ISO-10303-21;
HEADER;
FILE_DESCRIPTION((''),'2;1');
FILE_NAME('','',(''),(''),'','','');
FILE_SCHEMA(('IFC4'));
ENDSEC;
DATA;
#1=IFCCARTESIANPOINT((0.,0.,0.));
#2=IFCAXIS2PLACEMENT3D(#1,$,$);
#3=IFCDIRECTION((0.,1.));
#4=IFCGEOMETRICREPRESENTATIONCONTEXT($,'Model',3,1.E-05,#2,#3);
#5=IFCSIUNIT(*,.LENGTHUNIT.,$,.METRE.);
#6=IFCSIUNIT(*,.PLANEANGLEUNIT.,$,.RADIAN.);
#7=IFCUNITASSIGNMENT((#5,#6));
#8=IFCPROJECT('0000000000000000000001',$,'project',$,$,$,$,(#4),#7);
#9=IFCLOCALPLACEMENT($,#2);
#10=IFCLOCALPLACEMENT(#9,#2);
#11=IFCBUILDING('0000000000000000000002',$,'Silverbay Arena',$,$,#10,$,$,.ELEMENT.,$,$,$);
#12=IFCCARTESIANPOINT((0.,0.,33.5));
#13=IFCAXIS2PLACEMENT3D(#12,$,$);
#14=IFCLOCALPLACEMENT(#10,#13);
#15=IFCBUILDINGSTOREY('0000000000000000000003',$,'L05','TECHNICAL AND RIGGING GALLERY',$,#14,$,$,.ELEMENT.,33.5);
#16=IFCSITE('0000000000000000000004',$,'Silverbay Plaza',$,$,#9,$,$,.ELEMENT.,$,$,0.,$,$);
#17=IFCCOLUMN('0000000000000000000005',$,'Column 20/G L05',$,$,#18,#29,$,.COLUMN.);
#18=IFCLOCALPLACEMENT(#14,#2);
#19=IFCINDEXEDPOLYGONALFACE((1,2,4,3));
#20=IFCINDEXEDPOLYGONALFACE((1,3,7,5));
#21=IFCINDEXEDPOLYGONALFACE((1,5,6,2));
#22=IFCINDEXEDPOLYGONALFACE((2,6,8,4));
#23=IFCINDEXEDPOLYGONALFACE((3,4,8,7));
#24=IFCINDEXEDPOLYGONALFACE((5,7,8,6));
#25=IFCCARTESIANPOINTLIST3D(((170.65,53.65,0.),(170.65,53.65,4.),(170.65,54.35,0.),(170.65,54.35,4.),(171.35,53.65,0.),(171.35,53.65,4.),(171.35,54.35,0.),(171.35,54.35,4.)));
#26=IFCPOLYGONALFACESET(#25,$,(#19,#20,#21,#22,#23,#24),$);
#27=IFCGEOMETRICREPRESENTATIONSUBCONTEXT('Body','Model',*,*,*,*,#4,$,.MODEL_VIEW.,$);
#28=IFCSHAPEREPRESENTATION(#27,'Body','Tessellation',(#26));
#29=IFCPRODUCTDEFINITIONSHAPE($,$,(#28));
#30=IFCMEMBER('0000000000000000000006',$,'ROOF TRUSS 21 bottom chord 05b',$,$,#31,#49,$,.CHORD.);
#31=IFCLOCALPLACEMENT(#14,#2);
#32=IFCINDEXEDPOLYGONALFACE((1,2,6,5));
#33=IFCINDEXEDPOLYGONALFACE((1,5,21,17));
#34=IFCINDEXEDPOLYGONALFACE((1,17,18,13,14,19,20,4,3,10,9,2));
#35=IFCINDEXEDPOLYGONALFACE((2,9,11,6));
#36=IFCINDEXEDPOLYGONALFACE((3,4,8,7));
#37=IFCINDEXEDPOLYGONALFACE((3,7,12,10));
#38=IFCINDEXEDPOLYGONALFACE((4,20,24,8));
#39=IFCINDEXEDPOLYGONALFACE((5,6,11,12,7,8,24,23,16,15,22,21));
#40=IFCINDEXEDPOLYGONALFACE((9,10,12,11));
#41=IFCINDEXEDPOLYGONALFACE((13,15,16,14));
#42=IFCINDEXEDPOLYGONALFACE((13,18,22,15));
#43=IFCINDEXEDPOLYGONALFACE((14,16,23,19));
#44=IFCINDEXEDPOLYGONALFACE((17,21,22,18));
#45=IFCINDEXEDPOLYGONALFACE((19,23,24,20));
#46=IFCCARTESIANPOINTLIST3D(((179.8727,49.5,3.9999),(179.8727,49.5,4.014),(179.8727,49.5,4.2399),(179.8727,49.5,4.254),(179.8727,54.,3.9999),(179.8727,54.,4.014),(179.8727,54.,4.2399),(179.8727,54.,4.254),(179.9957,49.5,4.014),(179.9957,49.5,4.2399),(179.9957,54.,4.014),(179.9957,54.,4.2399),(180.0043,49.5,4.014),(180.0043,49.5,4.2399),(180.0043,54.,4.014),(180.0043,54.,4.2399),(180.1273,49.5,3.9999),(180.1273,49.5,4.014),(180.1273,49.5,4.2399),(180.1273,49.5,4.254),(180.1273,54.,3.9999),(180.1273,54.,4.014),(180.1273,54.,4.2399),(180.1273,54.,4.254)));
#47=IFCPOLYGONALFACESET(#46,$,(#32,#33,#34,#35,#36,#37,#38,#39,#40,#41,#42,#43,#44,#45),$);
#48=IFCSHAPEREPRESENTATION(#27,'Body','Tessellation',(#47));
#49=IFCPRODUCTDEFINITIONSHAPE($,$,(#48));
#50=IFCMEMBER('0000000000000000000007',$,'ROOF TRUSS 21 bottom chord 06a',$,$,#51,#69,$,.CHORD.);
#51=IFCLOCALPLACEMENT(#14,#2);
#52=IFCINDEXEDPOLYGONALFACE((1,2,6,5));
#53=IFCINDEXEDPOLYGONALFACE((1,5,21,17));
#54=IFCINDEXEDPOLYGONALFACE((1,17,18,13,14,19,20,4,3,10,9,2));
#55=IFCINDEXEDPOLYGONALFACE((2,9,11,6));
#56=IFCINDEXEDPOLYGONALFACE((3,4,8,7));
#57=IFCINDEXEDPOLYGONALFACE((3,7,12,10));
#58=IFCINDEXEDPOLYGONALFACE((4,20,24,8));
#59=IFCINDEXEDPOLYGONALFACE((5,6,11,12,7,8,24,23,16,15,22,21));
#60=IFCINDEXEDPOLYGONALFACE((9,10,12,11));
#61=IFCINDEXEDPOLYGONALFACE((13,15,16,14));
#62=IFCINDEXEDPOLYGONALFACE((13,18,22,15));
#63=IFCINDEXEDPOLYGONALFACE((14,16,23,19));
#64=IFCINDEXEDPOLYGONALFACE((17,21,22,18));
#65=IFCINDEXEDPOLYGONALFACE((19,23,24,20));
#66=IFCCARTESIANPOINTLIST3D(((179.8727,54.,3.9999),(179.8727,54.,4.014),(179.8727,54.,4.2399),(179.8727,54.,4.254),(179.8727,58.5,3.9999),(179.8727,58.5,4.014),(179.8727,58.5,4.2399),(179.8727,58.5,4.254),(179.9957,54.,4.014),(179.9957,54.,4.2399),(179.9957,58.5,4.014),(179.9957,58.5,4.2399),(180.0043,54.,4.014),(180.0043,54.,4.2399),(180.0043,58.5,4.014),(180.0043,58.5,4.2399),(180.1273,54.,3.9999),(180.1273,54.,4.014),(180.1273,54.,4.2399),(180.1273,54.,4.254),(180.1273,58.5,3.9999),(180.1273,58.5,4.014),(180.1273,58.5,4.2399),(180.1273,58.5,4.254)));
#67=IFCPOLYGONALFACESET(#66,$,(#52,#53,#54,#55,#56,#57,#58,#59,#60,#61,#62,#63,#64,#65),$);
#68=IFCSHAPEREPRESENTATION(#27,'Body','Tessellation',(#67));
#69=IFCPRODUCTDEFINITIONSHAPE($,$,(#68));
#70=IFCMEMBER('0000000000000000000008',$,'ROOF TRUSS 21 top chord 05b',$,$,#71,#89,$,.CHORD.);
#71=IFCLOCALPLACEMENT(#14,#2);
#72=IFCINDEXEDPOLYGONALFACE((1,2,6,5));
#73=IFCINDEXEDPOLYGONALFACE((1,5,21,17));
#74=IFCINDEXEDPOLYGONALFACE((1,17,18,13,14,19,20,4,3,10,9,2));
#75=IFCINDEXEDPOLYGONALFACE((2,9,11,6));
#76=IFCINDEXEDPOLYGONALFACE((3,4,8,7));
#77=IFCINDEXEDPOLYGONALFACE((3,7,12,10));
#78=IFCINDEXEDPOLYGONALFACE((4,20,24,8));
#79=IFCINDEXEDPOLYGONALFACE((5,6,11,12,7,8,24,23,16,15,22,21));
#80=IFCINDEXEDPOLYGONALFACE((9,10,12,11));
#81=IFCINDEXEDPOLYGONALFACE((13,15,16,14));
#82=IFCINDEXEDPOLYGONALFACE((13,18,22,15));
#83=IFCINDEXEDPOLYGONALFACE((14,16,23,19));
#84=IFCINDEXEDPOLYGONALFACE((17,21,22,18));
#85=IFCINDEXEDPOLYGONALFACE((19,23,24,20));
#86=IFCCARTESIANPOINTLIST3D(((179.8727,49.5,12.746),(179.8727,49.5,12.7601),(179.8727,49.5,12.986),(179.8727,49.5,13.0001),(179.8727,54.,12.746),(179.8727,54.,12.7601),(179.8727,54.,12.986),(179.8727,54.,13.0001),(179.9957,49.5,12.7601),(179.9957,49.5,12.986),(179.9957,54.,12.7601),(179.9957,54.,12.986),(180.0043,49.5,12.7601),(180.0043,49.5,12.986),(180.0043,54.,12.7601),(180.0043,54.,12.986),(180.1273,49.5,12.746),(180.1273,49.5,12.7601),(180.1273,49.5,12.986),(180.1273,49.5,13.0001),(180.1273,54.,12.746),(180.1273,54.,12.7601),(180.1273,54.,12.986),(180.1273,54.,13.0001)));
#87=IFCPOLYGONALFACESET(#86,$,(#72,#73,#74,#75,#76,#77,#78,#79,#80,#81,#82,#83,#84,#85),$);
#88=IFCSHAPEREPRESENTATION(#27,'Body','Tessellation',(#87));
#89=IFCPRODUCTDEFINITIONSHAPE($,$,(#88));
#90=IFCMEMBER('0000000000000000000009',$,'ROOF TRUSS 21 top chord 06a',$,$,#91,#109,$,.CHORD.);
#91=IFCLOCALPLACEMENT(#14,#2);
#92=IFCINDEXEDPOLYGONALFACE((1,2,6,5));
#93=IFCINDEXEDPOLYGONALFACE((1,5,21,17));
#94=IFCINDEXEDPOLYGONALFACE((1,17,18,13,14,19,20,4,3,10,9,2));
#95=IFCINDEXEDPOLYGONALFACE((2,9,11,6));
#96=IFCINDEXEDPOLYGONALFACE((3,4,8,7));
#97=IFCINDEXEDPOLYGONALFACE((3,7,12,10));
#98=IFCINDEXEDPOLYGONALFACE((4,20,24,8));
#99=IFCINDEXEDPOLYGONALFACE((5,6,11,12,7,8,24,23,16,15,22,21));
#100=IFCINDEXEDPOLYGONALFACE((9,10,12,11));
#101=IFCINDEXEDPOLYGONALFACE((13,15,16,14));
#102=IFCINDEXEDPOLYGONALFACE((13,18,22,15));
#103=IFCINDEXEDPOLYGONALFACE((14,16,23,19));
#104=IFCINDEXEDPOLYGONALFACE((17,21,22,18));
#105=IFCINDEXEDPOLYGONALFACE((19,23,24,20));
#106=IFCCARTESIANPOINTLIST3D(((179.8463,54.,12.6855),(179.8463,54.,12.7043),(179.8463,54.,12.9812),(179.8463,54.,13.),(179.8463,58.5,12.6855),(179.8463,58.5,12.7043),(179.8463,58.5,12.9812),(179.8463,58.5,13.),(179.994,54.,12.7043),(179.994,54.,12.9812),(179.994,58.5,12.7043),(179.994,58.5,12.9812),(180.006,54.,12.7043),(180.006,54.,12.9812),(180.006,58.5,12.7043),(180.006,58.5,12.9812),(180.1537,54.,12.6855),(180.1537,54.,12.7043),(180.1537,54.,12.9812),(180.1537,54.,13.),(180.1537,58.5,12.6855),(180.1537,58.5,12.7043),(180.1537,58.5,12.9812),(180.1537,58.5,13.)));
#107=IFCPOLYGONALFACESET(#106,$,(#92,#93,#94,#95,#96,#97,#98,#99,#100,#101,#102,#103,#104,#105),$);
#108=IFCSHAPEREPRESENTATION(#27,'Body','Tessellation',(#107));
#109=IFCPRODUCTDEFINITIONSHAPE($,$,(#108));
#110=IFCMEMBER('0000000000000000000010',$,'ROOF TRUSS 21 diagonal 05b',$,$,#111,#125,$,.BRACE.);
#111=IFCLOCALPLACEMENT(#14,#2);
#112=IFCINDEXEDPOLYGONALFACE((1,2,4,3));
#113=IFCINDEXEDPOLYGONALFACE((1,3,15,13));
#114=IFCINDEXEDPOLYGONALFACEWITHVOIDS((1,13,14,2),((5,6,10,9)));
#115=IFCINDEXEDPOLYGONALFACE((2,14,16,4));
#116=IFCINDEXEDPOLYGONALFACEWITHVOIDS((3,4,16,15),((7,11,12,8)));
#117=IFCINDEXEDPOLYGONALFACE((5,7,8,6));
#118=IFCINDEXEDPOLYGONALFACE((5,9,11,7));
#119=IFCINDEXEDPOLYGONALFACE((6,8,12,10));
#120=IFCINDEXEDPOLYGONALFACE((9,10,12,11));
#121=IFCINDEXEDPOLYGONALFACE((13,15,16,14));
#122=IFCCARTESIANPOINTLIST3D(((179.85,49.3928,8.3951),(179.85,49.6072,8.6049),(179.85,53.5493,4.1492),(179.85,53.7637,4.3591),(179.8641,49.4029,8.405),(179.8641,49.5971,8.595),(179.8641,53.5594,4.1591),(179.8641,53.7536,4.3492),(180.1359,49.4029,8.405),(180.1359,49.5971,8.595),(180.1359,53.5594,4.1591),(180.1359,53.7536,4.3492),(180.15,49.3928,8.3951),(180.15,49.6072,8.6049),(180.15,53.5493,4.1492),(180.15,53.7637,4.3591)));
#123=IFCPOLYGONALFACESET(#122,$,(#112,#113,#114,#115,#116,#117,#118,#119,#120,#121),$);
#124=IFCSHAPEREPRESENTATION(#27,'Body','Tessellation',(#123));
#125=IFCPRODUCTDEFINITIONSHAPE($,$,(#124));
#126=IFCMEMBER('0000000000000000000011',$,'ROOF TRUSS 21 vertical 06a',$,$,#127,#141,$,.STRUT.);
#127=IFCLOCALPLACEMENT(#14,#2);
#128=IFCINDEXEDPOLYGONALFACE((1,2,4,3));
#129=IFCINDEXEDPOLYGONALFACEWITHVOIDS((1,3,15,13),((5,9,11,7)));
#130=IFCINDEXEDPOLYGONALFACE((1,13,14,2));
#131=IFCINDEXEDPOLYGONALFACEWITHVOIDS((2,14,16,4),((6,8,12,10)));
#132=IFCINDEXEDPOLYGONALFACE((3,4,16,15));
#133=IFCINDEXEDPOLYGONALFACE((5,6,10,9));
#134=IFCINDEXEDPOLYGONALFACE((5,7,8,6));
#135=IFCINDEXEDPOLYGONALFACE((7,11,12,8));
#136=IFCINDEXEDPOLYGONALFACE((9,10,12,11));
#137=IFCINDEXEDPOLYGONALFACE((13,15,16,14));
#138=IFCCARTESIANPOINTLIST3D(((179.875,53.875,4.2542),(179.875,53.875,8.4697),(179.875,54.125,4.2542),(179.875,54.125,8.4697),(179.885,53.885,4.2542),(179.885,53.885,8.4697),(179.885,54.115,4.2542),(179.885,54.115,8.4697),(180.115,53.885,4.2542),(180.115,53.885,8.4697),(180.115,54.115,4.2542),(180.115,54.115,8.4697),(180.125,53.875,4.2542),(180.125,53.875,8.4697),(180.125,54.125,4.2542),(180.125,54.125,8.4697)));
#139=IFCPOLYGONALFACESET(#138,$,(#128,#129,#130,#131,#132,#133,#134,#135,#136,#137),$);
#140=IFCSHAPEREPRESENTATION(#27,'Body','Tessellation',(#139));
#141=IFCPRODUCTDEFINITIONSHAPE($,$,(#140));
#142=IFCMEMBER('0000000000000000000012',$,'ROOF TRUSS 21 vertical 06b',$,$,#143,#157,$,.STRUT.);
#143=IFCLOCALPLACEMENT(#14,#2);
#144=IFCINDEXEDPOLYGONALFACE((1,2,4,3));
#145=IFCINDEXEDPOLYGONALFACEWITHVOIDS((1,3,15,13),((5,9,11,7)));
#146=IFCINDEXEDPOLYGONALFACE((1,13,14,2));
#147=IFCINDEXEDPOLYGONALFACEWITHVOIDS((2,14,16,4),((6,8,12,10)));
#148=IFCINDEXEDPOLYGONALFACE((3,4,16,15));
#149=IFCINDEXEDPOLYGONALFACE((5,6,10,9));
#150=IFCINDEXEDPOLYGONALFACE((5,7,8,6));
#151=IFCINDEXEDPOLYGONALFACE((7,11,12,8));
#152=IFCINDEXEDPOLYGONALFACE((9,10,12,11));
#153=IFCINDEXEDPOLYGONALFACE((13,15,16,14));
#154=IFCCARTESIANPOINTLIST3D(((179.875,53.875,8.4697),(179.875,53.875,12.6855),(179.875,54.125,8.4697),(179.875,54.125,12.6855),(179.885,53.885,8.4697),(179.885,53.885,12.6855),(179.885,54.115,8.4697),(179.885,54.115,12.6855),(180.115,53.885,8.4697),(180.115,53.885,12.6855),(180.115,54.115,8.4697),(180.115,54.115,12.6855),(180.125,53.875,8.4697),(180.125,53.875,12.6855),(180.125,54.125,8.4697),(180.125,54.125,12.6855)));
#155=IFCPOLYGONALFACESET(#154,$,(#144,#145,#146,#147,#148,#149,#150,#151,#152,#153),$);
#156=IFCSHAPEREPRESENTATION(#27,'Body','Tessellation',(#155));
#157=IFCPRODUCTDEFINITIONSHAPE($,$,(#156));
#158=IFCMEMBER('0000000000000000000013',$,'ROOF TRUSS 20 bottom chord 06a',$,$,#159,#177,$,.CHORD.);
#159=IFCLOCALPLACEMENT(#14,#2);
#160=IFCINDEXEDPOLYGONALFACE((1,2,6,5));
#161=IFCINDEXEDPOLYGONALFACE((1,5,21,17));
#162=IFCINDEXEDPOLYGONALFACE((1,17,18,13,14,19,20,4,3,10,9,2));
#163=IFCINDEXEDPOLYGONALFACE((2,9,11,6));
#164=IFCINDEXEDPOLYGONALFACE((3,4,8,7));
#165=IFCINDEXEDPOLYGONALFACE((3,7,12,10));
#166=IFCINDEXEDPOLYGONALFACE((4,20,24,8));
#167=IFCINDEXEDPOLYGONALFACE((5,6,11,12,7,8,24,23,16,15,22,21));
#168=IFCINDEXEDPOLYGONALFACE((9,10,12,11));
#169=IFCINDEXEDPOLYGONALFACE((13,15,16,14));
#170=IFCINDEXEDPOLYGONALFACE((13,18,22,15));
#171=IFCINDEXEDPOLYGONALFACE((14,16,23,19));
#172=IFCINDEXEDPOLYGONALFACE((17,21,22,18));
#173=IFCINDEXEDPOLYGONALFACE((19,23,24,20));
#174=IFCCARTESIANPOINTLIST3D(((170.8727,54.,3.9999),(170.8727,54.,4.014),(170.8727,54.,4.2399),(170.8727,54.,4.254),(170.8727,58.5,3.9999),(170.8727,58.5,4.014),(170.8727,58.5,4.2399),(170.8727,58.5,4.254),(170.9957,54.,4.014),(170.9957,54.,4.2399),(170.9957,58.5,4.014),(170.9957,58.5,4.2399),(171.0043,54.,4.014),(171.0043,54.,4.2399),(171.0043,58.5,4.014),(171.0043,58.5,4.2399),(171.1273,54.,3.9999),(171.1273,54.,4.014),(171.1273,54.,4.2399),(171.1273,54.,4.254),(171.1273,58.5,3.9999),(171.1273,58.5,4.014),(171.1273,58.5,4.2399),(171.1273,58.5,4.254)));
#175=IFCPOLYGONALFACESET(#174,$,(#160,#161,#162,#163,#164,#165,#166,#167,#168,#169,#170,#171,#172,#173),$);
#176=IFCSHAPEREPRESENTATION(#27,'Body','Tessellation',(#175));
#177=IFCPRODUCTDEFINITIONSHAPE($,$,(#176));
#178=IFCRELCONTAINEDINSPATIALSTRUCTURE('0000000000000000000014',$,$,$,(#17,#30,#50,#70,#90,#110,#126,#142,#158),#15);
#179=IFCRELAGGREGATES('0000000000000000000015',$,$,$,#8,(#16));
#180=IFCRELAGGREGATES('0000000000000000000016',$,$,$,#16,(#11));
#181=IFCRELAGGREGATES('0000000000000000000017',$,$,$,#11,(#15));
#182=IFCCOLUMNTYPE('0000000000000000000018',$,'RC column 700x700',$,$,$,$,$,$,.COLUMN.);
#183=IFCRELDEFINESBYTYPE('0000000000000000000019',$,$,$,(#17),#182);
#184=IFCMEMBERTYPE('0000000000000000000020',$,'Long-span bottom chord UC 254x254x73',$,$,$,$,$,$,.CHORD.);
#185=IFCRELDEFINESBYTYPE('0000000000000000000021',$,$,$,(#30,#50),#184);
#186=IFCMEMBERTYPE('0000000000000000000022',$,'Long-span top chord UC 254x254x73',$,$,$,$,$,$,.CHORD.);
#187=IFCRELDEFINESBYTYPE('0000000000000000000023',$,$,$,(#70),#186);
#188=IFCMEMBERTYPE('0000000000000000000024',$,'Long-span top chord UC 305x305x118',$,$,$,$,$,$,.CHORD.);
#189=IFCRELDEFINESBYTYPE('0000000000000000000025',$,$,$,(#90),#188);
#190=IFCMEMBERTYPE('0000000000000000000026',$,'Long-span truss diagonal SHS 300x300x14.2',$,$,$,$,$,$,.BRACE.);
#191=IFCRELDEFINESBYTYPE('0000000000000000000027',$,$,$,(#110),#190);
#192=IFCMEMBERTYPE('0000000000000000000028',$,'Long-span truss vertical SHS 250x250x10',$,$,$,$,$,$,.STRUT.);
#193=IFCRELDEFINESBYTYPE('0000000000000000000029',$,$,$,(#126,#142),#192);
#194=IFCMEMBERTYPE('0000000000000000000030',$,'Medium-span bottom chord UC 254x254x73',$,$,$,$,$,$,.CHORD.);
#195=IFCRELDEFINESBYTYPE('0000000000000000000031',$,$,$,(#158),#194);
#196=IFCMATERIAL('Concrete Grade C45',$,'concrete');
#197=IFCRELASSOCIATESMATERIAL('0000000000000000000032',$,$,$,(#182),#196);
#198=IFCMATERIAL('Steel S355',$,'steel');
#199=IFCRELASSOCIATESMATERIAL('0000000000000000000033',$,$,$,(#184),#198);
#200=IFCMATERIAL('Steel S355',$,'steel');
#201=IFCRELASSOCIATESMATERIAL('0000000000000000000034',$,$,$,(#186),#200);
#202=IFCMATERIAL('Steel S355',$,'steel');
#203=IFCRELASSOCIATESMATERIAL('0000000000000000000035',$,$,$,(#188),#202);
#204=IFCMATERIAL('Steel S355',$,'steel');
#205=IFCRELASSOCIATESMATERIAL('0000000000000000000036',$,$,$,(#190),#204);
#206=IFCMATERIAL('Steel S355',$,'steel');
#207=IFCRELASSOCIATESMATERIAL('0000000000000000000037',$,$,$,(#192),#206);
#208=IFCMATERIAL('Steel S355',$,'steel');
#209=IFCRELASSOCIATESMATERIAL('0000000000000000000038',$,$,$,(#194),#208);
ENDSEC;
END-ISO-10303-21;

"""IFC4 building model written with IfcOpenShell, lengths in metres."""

from ifc_helpers import new_model, si_unit, direction, frame, origin, origin_2d, place, context, subcontext, project, spatial, rectangle, hollow_rectangle, i_section, extrude, material, material_profile, profile_set, type_object, element, save


model = new_model("IFC4")

# Units and contexts
model_context = context("Model", 3, precision=1e-05, world=origin(), true_north=direction((0.0, 1.0)))
body_context = subcontext(model_context, "Body", "Model", "MODEL_VIEW")
ifc_project = project(units=[si_unit("LENGTHUNIT", "METRE"), si_unit("PLANEANGLEUNIT", "RADIAN")], contexts=[model_context])

# Site, building, storey
site_placement = place(None, origin())
site = spatial("IfcSite", under=ifc_project, at=site_placement, Name="Silverbay Plaza", CompositionType="ELEMENT", RefElevation=0.0)
building_placement = place(site_placement, origin())
building = spatial("IfcBuilding", under=site, at=building_placement, Name="Silverbay Arena", CompositionType="ELEMENT")
storey_placement = place(building_placement, frame((0.0, 0.0, 33.5)))
storey = spatial("IfcBuildingStorey", under=building, at=storey_placement, Name="L05", Description="TECHNICAL AND RIGGING GALLERY", CompositionType="ELEMENT", Elevation=33.5)

# Column
ifc_material_1 = material(Name="Concrete Grade C45", Category="concrete")
ifc_material_profile_1 = material_profile(ifc_material_1, rectangle(XDim=0.7, YDim=0.7, at=origin_2d()), Name="RC 700x700")
ifc_profile_set_1 = profile_set([ifc_material_profile_1], Name="Concrete Grade C45")
column_type = type_object("IfcColumnType", Name="RC column 700x700", PredefinedType="COLUMN", material=ifc_profile_set_1)
column_placement = place(storey_placement, frame((171.0, 54.0, 0.0), z_axis=(0.0, 0.0, 1.0), x_axis=(1.0, 0.0, 0.0)))
element("IfcColumn", 1, at=column_placement, inside=storey, type_object=column_type, Name="Column 20/G L05", PredefinedType="COLUMN", context=body_context, shape_type="SweptSolid", body=[
    extrude(rectangle(XDim=0.7, YDim=0.7, at=origin_2d()), origin(), (0.0, 0.0, 1.0), 4.0),
])

# Members
ifc_material_2 = material(Name="Steel S355", Category="steel")
ifc_material_profile_2 = material_profile(ifc_material_2, i_section(OverallWidth=0.2546, OverallDepth=0.2542, WebThickness=0.0085, FlangeThickness=0.0142, at=origin_2d()), Name="UC 254x254x73")
ifc_profile_set_2 = profile_set([ifc_material_profile_2], Name="Steel S355")
member_type_1 = type_object("IfcMemberType", Name="Long-span bottom chord UC 254x254x73", PredefinedType="CHORD", material=ifc_profile_set_2)
for number, where, z_axis, x_axis, name in (
    (2, (180.0, 49.5, 4.127), (0.0, 1.0, 0.0), (-1.0, 0.0, 0.0), "ROOF TRUSS 21 bottom chord 05b"),
    (3, (180.0, 54.0, 4.127), (0.0, 1.0, 0.0), (-1.0, 0.0, 0.0), "ROOF TRUSS 21 bottom chord 06a"),
):
    element("IfcMember", number, at=place(storey_placement, frame(where, z_axis=z_axis, x_axis=x_axis)), inside=storey, type_object=member_type_1, Name=name, PredefinedType="CHORD", context=body_context, shape_type="SweptSolid", body=[
        extrude(i_section(OverallWidth=0.2546, OverallDepth=0.2542, WebThickness=0.0085, FlangeThickness=0.0142, at=origin_2d()), origin(), (0.0, 0.0, 1.0), 4.5),
    ])
ifc_material_3 = material(Name="Steel S355", Category="steel")
ifc_material_profile_3 = material_profile(ifc_material_3, i_section(OverallWidth=0.2546, OverallDepth=0.2542, WebThickness=0.0085, FlangeThickness=0.0142, at=origin_2d()), Name="UC 254x254x73")
ifc_profile_set_3 = profile_set([ifc_material_profile_3], Name="Steel S355")
member_type_2 = type_object("IfcMemberType", Name="Long-span top chord UC 254x254x73", PredefinedType="CHORD", material=ifc_profile_set_3)
member_1_placement = place(storey_placement, frame((180.0, 49.5, 12.873), z_axis=(0.0, 1.0, 0.0), x_axis=(-1.0, 0.0, 0.0)))
element("IfcMember", 4, at=member_1_placement, inside=storey, type_object=member_type_2, Name="ROOF TRUSS 21 top chord 05b", PredefinedType="CHORD", context=body_context, shape_type="SweptSolid", body=[
    extrude(i_section(OverallWidth=0.2546, OverallDepth=0.2542, WebThickness=0.0085, FlangeThickness=0.0142, at=origin_2d()), origin(), (0.0, 0.0, 1.0), 4.5),
])
ifc_material_4 = material(Name="Steel S355", Category="steel")
ifc_material_profile_4 = material_profile(ifc_material_4, i_section(OverallWidth=0.3074, OverallDepth=0.3145, WebThickness=0.012, FlangeThickness=0.0188, at=origin_2d()), Name="UC 305x305x118")
ifc_profile_set_4 = profile_set([ifc_material_profile_4], Name="Steel S355")
member_type_3 = type_object("IfcMemberType", Name="Long-span top chord UC 305x305x118", PredefinedType="CHORD", material=ifc_profile_set_4)
member_2_placement = place(storey_placement, frame((180.0, 54.0, 12.8428), z_axis=(0.0, 1.0, 0.0), x_axis=(-1.0, 0.0, 0.0)))
element("IfcMember", 5, at=member_2_placement, inside=storey, type_object=member_type_3, Name="ROOF TRUSS 21 top chord 06a", PredefinedType="CHORD", context=body_context, shape_type="SweptSolid", body=[
    extrude(i_section(OverallWidth=0.3074, OverallDepth=0.3145, WebThickness=0.012, FlangeThickness=0.0188, at=origin_2d()), origin(), (0.0, 0.0, 1.0), 4.5),
])
ifc_material_5 = material(Name="Steel S355", Category="steel")
ifc_material_profile_5 = material_profile(ifc_material_5, hollow_rectangle(XDim=0.3, YDim=0.3, WallThickness=0.0142, at=origin_2d()), Name="SHS 300x300x14.2")
ifc_profile_set_5 = profile_set([ifc_material_profile_5], Name="Steel S355")
member_type_4 = type_object("IfcMemberType", Name="Long-span truss diagonal SHS 300x300x14.2", PredefinedType="BRACE", material=ifc_profile_set_5)
member_3_placement = place(storey_placement, frame((180.0, 49.5, 8.5), z_axis=(0.0, 0.699547, -0.714586), x_axis=(-1.0, 0.0, 0.0)))
element("IfcMember", 6, at=member_3_placement, inside=storey, type_object=member_type_4, Name="ROOF TRUSS 21 diagonal 05b", PredefinedType="BRACE", context=body_context, shape_type="SweptSolid", body=[
    extrude(hollow_rectangle(XDim=0.3, YDim=0.3, WallThickness=0.0142, at=origin_2d()), origin(), (0.0, 0.0, 1.0), 5.9417),
])
ifc_material_6 = material(Name="Steel S355", Category="steel")
ifc_material_profile_6 = material_profile(ifc_material_6, hollow_rectangle(XDim=0.25, YDim=0.25, WallThickness=0.01, at=origin_2d()), Name="SHS 250x250x10")
ifc_profile_set_6 = profile_set([ifc_material_profile_6], Name="Steel S355")
member_type_5 = type_object("IfcMemberType", Name="Long-span truss vertical SHS 250x250x10", PredefinedType="STRUT", material=ifc_profile_set_6)
member_4_placement = place(storey_placement, frame((180.0, 54.0, 4.2542), z_axis=(0.0, 0.0, 1.0), x_axis=(1.0, 0.0, 0.0)))
element("IfcMember", 7, at=member_4_placement, inside=storey, type_object=member_type_5, Name="ROOF TRUSS 21 vertical 06a", PredefinedType="STRUT", context=body_context, shape_type="SweptSolid", body=[
    extrude(hollow_rectangle(XDim=0.25, YDim=0.25, WallThickness=0.01, at=origin_2d()), origin(), (0.0, 0.0, 1.0), 4.2156),
])
member_5_placement = place(storey_placement, frame((180.0, 54.0, 8.4697), z_axis=(0.0, 0.0, 1.0), x_axis=(1.0, 0.0, 0.0)))
element("IfcMember", 8, at=member_5_placement, inside=storey, type_object=member_type_5, Name="ROOF TRUSS 21 vertical 06b", PredefinedType="STRUT", context=body_context, shape_type="SweptSolid", body=[
    extrude(hollow_rectangle(XDim=0.25, YDim=0.25, WallThickness=0.01, at=origin_2d()), origin(), (0.0, 0.0, 1.0), 4.2158),
])
ifc_material_7 = material(Name="Steel S355", Category="steel")
ifc_material_profile_7 = material_profile(ifc_material_7, i_section(OverallWidth=0.2546, OverallDepth=0.2542, WebThickness=0.0085, FlangeThickness=0.0142, at=origin_2d()), Name="UC 254x254x73")
ifc_profile_set_7 = profile_set([ifc_material_profile_7], Name="Steel S355")
member_type_6 = type_object("IfcMemberType", Name="Medium-span bottom chord UC 254x254x73", PredefinedType="CHORD", material=ifc_profile_set_7)
for number, where, z_axis, x_axis, name in (
    (9, (171.0, 54.0, 4.127), (0.0, 1.0, 0.0), (-1.0, 0.0, 0.0), "ROOF TRUSS 20 bottom chord 06a"),
):
    element("IfcMember", number, at=place(storey_placement, frame(where, z_axis=z_axis, x_axis=x_axis)), inside=storey, type_object=member_type_6, Name=name, PredefinedType="CHORD", context=body_context, shape_type="SweptSolid", body=[
        extrude(i_section(OverallWidth=0.2546, OverallDepth=0.2542, WebThickness=0.0085, FlangeThickness=0.0142, at=origin_2d()), origin(), (0.0, 0.0, 1.0), 4.5),
    ])

save(model, "model.ifc")
